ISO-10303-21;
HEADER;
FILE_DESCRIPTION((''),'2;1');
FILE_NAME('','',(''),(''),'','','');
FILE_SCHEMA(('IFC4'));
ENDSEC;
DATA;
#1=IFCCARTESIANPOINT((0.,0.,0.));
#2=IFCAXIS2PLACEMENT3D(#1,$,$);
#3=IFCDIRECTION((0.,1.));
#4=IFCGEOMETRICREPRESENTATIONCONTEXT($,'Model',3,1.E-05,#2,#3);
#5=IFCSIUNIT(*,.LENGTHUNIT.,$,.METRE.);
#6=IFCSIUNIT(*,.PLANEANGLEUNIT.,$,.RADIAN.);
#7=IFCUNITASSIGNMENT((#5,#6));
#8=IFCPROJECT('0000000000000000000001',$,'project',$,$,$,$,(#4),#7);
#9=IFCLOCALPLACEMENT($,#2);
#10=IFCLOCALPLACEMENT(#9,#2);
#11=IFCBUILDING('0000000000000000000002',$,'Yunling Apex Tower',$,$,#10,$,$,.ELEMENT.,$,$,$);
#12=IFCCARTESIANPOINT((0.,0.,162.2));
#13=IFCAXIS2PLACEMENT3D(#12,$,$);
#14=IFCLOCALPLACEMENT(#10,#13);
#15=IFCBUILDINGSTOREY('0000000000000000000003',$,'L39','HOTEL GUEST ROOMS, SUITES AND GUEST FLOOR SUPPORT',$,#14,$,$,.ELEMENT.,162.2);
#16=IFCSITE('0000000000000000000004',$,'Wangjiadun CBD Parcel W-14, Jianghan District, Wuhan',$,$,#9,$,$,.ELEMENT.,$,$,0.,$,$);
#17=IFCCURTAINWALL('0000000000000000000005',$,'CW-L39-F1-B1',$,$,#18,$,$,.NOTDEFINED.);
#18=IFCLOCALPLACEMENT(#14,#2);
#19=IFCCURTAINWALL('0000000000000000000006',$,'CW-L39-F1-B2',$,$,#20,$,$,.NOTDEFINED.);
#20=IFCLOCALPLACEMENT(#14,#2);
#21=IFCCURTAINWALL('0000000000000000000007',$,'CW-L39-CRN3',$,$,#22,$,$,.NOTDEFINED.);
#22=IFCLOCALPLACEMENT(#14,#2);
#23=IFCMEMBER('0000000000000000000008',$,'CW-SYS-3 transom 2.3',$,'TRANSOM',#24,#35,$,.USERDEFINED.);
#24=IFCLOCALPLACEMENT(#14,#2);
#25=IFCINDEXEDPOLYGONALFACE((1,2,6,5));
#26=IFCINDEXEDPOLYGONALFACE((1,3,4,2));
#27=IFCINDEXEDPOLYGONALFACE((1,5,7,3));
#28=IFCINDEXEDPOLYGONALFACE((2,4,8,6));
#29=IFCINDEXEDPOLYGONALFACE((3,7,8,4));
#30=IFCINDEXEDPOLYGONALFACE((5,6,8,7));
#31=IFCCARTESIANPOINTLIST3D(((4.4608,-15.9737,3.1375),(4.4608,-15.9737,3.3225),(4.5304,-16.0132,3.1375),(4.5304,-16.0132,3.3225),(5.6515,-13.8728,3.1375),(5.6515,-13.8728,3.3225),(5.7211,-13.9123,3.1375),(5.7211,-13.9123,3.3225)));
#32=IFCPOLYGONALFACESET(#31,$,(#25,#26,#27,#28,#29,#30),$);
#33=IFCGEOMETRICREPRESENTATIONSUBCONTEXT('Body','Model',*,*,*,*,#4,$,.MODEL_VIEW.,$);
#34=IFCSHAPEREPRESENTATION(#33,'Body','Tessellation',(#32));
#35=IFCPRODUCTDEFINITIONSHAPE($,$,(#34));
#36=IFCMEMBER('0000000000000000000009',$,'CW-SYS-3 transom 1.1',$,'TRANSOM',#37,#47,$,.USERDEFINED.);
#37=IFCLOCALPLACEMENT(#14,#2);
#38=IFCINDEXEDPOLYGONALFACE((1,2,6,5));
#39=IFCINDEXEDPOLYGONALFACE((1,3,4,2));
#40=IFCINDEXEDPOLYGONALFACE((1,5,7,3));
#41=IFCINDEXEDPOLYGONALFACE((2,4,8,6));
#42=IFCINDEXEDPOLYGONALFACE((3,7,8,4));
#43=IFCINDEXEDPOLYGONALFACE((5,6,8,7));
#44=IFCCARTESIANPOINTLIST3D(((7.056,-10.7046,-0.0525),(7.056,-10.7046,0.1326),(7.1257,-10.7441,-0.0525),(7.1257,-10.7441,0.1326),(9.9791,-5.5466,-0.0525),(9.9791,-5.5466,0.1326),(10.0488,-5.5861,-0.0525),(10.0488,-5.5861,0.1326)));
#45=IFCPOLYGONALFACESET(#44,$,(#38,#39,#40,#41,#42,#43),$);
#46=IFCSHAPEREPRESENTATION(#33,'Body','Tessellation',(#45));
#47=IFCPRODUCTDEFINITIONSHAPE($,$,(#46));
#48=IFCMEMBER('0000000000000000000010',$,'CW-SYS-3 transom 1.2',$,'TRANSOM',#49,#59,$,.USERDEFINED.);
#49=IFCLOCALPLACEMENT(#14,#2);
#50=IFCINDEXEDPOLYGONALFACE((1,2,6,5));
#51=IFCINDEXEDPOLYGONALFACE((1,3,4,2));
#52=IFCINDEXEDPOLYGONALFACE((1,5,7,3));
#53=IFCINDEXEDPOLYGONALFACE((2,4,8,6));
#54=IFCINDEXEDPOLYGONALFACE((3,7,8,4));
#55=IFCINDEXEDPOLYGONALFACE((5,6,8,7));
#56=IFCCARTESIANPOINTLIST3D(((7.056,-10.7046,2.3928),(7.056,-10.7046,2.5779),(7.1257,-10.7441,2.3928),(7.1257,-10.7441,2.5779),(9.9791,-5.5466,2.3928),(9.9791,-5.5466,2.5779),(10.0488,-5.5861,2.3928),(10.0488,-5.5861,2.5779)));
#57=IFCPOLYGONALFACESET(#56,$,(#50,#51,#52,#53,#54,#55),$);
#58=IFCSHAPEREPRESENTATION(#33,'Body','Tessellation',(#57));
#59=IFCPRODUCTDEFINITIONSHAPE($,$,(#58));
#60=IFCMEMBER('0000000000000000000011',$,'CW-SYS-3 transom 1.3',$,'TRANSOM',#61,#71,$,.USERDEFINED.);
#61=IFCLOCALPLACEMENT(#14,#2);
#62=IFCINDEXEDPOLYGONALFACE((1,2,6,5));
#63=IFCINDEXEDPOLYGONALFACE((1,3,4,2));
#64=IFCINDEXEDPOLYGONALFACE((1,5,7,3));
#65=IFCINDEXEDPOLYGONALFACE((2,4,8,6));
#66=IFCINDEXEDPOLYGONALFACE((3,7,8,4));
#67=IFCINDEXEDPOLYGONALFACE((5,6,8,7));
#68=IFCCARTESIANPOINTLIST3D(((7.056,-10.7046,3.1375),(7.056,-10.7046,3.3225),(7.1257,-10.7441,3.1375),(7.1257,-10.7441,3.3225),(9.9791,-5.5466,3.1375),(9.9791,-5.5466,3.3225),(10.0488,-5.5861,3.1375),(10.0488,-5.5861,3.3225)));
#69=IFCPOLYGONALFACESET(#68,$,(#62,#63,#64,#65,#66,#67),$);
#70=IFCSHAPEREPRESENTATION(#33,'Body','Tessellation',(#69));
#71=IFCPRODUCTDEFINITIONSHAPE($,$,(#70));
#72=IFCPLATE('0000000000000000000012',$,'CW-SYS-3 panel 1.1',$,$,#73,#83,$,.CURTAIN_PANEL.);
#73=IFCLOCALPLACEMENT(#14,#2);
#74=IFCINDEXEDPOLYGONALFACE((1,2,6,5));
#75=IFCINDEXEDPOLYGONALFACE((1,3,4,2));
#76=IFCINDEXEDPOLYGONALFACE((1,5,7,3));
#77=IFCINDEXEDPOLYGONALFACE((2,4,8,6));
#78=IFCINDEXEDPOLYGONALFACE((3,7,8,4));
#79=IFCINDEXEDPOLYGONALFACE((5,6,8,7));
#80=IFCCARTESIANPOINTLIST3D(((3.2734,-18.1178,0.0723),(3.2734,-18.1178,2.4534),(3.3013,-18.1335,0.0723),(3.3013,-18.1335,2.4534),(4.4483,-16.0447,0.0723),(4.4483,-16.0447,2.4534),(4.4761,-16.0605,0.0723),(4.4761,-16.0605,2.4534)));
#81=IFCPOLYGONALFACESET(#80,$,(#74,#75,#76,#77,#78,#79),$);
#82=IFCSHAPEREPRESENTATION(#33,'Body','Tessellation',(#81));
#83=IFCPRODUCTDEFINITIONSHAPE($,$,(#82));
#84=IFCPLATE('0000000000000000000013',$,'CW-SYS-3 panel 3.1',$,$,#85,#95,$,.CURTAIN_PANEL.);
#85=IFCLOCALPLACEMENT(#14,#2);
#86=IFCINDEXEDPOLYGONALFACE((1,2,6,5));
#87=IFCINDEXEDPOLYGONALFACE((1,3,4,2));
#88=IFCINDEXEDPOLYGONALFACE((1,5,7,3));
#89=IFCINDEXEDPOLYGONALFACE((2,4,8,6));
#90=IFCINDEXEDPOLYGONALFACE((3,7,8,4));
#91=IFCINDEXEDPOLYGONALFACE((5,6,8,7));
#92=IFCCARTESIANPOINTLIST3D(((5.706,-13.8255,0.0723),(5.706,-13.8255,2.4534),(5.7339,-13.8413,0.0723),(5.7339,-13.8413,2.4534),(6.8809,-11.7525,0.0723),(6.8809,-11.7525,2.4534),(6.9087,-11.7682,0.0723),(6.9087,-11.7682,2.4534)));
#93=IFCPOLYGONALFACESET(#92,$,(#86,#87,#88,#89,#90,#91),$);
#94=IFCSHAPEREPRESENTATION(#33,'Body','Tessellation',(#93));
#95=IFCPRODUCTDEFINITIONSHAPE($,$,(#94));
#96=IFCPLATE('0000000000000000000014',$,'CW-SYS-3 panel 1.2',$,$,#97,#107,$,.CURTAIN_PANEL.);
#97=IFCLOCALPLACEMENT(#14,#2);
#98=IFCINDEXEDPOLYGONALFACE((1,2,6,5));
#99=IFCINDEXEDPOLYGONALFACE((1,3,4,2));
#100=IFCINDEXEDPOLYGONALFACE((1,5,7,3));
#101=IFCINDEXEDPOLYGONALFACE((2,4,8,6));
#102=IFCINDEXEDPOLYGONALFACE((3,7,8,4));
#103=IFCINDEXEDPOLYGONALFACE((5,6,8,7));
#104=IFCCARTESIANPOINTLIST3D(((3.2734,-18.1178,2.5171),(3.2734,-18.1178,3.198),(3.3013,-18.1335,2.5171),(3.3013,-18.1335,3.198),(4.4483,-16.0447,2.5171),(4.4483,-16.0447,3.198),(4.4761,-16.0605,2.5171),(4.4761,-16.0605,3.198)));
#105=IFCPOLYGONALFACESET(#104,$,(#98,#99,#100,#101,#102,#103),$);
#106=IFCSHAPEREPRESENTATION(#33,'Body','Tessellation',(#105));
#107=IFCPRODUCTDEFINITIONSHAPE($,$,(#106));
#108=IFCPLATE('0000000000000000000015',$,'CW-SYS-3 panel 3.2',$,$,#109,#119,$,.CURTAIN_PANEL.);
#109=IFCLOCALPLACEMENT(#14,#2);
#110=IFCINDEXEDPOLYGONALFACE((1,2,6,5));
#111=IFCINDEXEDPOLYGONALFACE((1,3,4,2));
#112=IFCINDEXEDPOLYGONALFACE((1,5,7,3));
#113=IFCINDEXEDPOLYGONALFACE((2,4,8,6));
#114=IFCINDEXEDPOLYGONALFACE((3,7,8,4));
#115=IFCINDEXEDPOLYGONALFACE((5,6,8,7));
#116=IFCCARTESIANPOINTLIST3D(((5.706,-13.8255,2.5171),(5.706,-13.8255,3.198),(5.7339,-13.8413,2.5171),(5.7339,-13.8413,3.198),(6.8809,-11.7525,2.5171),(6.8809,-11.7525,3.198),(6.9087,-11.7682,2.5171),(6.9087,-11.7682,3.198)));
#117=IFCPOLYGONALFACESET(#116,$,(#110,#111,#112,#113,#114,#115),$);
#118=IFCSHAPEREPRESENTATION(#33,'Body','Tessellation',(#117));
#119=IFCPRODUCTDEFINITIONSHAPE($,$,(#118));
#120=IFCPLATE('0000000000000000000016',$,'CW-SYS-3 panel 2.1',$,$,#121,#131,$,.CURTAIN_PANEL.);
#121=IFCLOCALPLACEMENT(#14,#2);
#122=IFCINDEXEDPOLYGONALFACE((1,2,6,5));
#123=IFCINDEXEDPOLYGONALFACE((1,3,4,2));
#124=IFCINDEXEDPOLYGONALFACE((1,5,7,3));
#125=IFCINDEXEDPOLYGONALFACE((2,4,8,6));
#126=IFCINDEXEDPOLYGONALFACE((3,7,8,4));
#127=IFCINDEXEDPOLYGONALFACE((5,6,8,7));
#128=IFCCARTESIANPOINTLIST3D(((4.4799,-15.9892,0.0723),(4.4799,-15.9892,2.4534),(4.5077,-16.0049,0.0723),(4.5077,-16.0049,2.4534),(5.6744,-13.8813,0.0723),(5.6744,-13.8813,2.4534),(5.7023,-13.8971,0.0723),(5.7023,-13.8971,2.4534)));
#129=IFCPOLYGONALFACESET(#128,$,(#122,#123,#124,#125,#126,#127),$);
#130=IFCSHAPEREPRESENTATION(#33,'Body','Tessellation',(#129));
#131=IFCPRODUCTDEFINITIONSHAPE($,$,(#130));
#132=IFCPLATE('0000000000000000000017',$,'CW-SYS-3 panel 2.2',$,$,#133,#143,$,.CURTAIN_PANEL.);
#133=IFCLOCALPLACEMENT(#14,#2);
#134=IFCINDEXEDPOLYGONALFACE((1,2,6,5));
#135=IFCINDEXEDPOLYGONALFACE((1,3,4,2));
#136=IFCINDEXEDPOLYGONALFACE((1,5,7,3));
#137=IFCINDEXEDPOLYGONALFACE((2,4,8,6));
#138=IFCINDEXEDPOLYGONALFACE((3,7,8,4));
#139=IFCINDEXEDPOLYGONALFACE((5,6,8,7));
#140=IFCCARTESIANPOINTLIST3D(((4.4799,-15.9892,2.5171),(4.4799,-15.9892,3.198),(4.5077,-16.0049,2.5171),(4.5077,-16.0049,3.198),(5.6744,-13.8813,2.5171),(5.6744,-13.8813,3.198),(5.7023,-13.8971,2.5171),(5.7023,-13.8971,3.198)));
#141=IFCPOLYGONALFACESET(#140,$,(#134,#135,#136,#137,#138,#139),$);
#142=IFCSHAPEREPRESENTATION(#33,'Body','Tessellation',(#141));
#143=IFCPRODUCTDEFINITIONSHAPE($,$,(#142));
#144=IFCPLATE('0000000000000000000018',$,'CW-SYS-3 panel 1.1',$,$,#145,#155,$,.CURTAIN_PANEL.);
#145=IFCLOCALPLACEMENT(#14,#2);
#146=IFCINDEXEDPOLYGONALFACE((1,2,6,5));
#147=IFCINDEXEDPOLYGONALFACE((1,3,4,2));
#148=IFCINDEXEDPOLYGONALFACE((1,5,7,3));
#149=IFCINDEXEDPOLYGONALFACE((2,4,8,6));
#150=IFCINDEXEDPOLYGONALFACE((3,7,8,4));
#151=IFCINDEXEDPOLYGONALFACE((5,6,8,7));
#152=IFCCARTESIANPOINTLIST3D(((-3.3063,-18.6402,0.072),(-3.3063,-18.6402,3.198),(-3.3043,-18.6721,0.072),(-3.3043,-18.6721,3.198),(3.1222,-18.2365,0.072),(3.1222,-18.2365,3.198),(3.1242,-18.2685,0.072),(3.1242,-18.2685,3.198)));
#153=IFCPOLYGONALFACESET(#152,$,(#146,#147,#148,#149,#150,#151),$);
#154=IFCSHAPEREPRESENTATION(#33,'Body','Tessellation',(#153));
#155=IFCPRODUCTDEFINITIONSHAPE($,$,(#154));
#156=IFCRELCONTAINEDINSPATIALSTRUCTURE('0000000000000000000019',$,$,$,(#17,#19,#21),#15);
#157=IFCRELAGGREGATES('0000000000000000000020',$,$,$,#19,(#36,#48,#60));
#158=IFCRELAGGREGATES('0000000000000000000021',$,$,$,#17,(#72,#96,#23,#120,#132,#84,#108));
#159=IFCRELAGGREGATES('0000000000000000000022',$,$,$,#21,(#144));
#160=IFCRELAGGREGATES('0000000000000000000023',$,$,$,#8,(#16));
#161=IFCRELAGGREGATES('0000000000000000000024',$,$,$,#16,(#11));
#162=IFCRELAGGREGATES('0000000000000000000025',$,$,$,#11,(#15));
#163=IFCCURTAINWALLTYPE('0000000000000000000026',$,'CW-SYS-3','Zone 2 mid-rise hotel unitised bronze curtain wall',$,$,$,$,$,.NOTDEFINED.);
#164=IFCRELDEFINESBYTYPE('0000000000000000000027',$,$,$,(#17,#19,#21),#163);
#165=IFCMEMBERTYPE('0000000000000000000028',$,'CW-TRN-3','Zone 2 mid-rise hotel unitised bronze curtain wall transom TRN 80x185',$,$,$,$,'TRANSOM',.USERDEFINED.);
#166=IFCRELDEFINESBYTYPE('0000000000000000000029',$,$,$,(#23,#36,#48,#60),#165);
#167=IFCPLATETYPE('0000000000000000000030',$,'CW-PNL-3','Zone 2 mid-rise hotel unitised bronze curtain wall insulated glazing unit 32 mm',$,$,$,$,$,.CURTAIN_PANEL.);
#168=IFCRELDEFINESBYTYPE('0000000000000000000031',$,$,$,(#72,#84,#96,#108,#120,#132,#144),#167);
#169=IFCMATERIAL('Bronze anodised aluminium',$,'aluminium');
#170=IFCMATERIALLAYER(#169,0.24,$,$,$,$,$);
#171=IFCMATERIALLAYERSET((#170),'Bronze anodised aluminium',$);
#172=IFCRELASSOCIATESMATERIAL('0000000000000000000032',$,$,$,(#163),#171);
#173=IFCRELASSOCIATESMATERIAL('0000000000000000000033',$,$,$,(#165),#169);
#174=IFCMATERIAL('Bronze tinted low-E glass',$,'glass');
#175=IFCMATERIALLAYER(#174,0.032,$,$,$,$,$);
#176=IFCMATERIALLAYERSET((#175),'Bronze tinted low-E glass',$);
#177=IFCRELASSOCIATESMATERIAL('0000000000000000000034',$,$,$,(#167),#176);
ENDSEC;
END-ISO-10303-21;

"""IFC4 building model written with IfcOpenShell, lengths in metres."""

from ifc_helpers import new_model, si_unit, direction, frame, origin, origin_2d, place, context, subcontext, project, spatial, rectangle, extrude, source, transform, mapped, material, layer, layer_set, material_profile, profile_set, type_object, element, aggregate, save


model = new_model("IFC4")

# Units and contexts
model_context = context("Model", 3, precision=1e-05, world=origin(), true_north=direction((0.0, 1.0)))
body_context = subcontext(model_context, "Body", "Model", "MODEL_VIEW")
ifc_project = project(units=[si_unit("LENGTHUNIT", "METRE"), si_unit("PLANEANGLEUNIT", "RADIAN")], contexts=[model_context])

# Site, building, storey
site_placement = place(None, origin())
site = spatial("IfcSite", under=ifc_project, at=site_placement, Name="Wangjiadun CBD Parcel W-14, Jianghan District, Wuhan", CompositionType="ELEMENT", RefElevation=0.0)
building_placement = place(site_placement, origin())
building = spatial("IfcBuilding", under=site, at=building_placement, Name="Yunling Apex Tower", CompositionType="ELEMENT")
storey_placement = place(building_placement, frame((0.0, 0.0, 162.2)))
storey = spatial("IfcBuildingStorey", under=building, at=storey_placement, Name="L39", Description="HOTEL GUEST ROOMS, SUITES AND GUEST FLOOR SUPPORT", CompositionType="ELEMENT", Elevation=162.2)

# Curtain wall
ifc_material_1 = material(Name="Bronze anodised aluminium", Category="aluminium")
ifc_layer_1 = layer(ifc_material_1, 0.24)
ifc_layer_set_1 = layer_set([ifc_layer_1], Name="Bronze anodised aluminium")
curtain_wall_type = type_object("IfcCurtainWallType", Name="CW-SYS-3", Description="Zone 2 mid-rise hotel unitised bronze curtain wall", PredefinedType="NOTDEFINED", material=ifc_layer_set_1)
curtain_wall_1_placement = place(storey_placement, origin())
curtain_wall_1 = element("IfcCurtainWall", 1, at=curtain_wall_1_placement, inside=storey, type_object=curtain_wall_type, Name="CW-L39-F1-B1", PredefinedType="NOTDEFINED")

# Curtain walls
curtain_wall_2_placement = place(storey_placement, origin())
curtain_wall_2 = element("IfcCurtainWall", 2, at=curtain_wall_2_placement, inside=storey, type_object=curtain_wall_type, Name="CW-L39-F1-B2", PredefinedType="NOTDEFINED")
curtain_wall_3_placement = place(storey_placement, origin())
curtain_wall_3 = element("IfcCurtainWall", 3, at=curtain_wall_3_placement, inside=storey, type_object=curtain_wall_type, Name="CW-L39-CRN3", PredefinedType="NOTDEFINED")

# Members
ifc_material_profile_1 = material_profile(ifc_material_1, rectangle(XDim=0.0801, YDim=0.1851, at=origin_2d()))
ifc_profile_set_1 = profile_set([ifc_material_profile_1], Name="Bronze anodised aluminium")
member_type_1 = type_object("IfcMemberType", Name="CW-TRN-3", Description="Zone 2 mid-rise hotel unitised bronze curtain wall transom TRN 80x185", ElementType="TRANSOM", PredefinedType="USERDEFINED", material=ifc_profile_set_1)
shared_shape_1 = source(origin(), body_context, "Body", "SweptSolid", [
    extrude(rectangle(XDim=0.0801, YDim=0.1851, at=origin_2d()), origin(), (0.0, 0.0, 1.0), 2.4148),
])
member_1_placement = place(storey_placement, frame((4.4956, -15.9934, 3.23), z_axis=(0.493076, 0.869986, 0.0), x_axis=(-0.869986, 0.493076, 0.0)))
member_1 = element("IfcMember", 4, at=member_1_placement, type_object=member_type_1, Name="CW-SYS-3 transom 2.3", ObjectType="TRANSOM", PredefinedType="USERDEFINED", context=body_context, shape_type="MappedRepresentation", body=[
    mapped(shared_shape_1, transform((0.0, 0.0, 0.0), scale=1.0)),
])
shared_shape_2 = source(origin(), body_context, "Body", "SweptSolid", [
    extrude(rectangle(XDim=0.0801, YDim=0.1851, at=origin_2d()), origin(), (0.0, 0.0, 1.0), 5.9287),
])
member_2_placement = place(storey_placement, frame((7.0908, -10.7244, 0.04), z_axis=(0.493045, 0.870004, 0.0), x_axis=(-0.870004, 0.493045, 0.0)))
member_2 = element("IfcMember", 5, at=member_2_placement, type_object=member_type_1, Name="CW-SYS-3 transom 1.1", ObjectType="TRANSOM", PredefinedType="USERDEFINED", context=body_context, shape_type="MappedRepresentation", body=[
    mapped(shared_shape_2, transform((0.0, 0.0, 0.0), scale=1.0)),
])
member_3_placement = place(storey_placement, frame((7.0908, -10.7244, 2.4854), z_axis=(0.493045, 0.870004, 0.0), x_axis=(-0.870004, 0.493045, 0.0)))
member_3 = element("IfcMember", 6, at=member_3_placement, type_object=member_type_1, Name="CW-SYS-3 transom 1.2", ObjectType="TRANSOM", PredefinedType="USERDEFINED", context=body_context, shape_type="MappedRepresentation", body=[
    mapped(shared_shape_2, transform((0.0, 0.0, 0.0), scale=1.0)),
])
member_4_placement = place(storey_placement, frame((7.0908, -10.7244, 3.23), z_axis=(0.493045, 0.870004, 0.0), x_axis=(-0.870004, 0.493045, 0.0)))
member_4 = element("IfcMember", 7, at=member_4_placement, type_object=member_type_1, Name="CW-SYS-3 transom 1.3", ObjectType="TRANSOM", PredefinedType="USERDEFINED", context=body_context, shape_type="MappedRepresentation", body=[
    mapped(shared_shape_2, transform((0.0, 0.0, 0.0), scale=1.0)),
])
aggregate(curtain_wall_2, [member_2, member_3, member_4])

# Plates
ifc_material_2 = material(Name="Bronze tinted low-E glass", Category="glass")
ifc_layer_2 = layer(ifc_material_2, 0.032)
ifc_layer_set_2 = layer_set([ifc_layer_2], Name="Bronze tinted low-E glass")
plate_type = type_object("IfcPlateType", Name="CW-PNL-3", Description="Zone 2 mid-rise hotel unitised bronze curtain wall insulated glazing unit 32 mm", PredefinedType="CURTAIN_PANEL", material=ifc_layer_set_2)
shared_shape_3 = source(origin(), body_context, "Body", "SweptSolid", [
    extrude(rectangle(XDim=2.3828, YDim=0.032, at=origin_2d()), origin(), (0.0, 0.0, 1.0), 2.3811),
])
plate_1_placement = place(storey_placement, frame((3.8748, -17.0891, 0.0723), z_axis=(0.0, 0.0, 1.0), x_axis=(0.493041, 0.870006, 0.0)))
plate_1 = element("IfcPlate", 8, at=plate_1_placement, type_object=plate_type, Name="CW-SYS-3 panel 1.1", PredefinedType="CURTAIN_PANEL", context=body_context, shape_type="MappedRepresentation", body=[
    mapped(shared_shape_3, transform((0.0, 0.0, 0.0), scale=1.0)),
])
plate_2_placement = place(storey_placement, frame((6.3074, -12.7969, 0.0723), z_axis=(0.0, 0.0, 1.0), x_axis=(0.493041, 0.870006, 0.0)))
plate_2 = element("IfcPlate", 9, at=plate_2_placement, type_object=plate_type, Name="CW-SYS-3 panel 3.1", PredefinedType="CURTAIN_PANEL", context=body_context, shape_type="MappedRepresentation", body=[
    mapped(shared_shape_3, transform((0.0, 0.0, 0.0), scale=1.0)),
])
shared_shape_4 = source(origin(), body_context, "Body", "SweptSolid", [
    extrude(rectangle(XDim=2.3828, YDim=0.032, at=origin_2d()), origin(), (0.0, 0.0, 1.0), 0.6809),
])
plate_3_placement = place(storey_placement, frame((3.8748, -17.0891, 2.5171), z_axis=(0.0, 0.0, 1.0), x_axis=(0.493041, 0.870006, 0.0)))
plate_3 = element("IfcPlate", 10, at=plate_3_placement, type_object=plate_type, Name="CW-SYS-3 panel 1.2", PredefinedType="CURTAIN_PANEL", context=body_context, shape_type="MappedRepresentation", body=[
    mapped(shared_shape_4, transform((0.0, 0.0, 0.0), scale=1.0)),
])
plate_4_placement = place(storey_placement, frame((6.3074, -12.7969, 2.5171), z_axis=(0.0, 0.0, 1.0), x_axis=(0.493041, 0.870006, 0.0)))
plate_4 = element("IfcPlate", 11, at=plate_4_placement, type_object=plate_type, Name="CW-SYS-3 panel 3.2", PredefinedType="CURTAIN_PANEL", context=body_context, shape_type="MappedRepresentation", body=[
    mapped(shared_shape_4, transform((0.0, 0.0, 0.0), scale=1.0)),
])
shared_shape_5 = source(origin(), body_context, "Body", "SweptSolid", [
    extrude(rectangle(XDim=2.4229, YDim=0.032, at=origin_2d()), origin(), (0.0, 0.0, 1.0), 2.3811),
])
plate_5_placement = place(storey_placement, frame((5.0911, -14.9431, 0.0723), z_axis=(0.0, 0.0, 1.0), x_axis=(0.493041, 0.870006, 0.0)))
plate_5 = element("IfcPlate", 12, at=plate_5_placement, type_object=plate_type, Name="CW-SYS-3 panel 2.1", PredefinedType="CURTAIN_PANEL", context=body_context, shape_type="MappedRepresentation", body=[
    mapped(shared_shape_5, transform((0.0, 0.0, 0.0), scale=1.0)),
])
shared_shape_6 = source(origin(), body_context, "Body", "SweptSolid", [
    extrude(rectangle(XDim=2.4229, YDim=0.032, at=origin_2d()), origin(), (0.0, 0.0, 1.0), 0.6809),
])
plate_6_placement = place(storey_placement, frame((5.0911, -14.9431, 2.5171), z_axis=(0.0, 0.0, 1.0), x_axis=(0.493041, 0.870006, 0.0)))
plate_6 = element("IfcPlate", 13, at=plate_6_placement, type_object=plate_type, Name="CW-SYS-3 panel 2.2", PredefinedType="CURTAIN_PANEL", context=body_context, shape_type="MappedRepresentation", body=[
    mapped(shared_shape_6, transform((0.0, 0.0, 0.0), scale=1.0)),
])
aggregate(curtain_wall_1, [plate_1, plate_3, member_1, plate_5, plate_6, plate_2, plate_4])
shared_shape_7 = source(origin(), body_context, "Body", "SweptSolid", [
    extrude(rectangle(XDim=6.4412, YDim=0.032, at=origin_2d()), origin(), (0.0, 0.0, 1.0), 3.126),
])
plate_7_placement = place(storey_placement, frame((-0.0911, -18.4543, 0.072), z_axis=(0.0, 0.0, 1.0), x_axis=(0.998034, 0.062672, 0.0)))
plate_7 = element("IfcPlate", 14, at=plate_7_placement, type_object=plate_type, Name="CW-SYS-3 panel 1.1", PredefinedType="CURTAIN_PANEL", context=body_context, shape_type="MappedRepresentation", body=[
    mapped(shared_shape_7, transform((0.0, 0.0, 0.0), scale=1.0)),
])
aggregate(curtain_wall_3, [plate_7])

save(model, "model.ifc")
